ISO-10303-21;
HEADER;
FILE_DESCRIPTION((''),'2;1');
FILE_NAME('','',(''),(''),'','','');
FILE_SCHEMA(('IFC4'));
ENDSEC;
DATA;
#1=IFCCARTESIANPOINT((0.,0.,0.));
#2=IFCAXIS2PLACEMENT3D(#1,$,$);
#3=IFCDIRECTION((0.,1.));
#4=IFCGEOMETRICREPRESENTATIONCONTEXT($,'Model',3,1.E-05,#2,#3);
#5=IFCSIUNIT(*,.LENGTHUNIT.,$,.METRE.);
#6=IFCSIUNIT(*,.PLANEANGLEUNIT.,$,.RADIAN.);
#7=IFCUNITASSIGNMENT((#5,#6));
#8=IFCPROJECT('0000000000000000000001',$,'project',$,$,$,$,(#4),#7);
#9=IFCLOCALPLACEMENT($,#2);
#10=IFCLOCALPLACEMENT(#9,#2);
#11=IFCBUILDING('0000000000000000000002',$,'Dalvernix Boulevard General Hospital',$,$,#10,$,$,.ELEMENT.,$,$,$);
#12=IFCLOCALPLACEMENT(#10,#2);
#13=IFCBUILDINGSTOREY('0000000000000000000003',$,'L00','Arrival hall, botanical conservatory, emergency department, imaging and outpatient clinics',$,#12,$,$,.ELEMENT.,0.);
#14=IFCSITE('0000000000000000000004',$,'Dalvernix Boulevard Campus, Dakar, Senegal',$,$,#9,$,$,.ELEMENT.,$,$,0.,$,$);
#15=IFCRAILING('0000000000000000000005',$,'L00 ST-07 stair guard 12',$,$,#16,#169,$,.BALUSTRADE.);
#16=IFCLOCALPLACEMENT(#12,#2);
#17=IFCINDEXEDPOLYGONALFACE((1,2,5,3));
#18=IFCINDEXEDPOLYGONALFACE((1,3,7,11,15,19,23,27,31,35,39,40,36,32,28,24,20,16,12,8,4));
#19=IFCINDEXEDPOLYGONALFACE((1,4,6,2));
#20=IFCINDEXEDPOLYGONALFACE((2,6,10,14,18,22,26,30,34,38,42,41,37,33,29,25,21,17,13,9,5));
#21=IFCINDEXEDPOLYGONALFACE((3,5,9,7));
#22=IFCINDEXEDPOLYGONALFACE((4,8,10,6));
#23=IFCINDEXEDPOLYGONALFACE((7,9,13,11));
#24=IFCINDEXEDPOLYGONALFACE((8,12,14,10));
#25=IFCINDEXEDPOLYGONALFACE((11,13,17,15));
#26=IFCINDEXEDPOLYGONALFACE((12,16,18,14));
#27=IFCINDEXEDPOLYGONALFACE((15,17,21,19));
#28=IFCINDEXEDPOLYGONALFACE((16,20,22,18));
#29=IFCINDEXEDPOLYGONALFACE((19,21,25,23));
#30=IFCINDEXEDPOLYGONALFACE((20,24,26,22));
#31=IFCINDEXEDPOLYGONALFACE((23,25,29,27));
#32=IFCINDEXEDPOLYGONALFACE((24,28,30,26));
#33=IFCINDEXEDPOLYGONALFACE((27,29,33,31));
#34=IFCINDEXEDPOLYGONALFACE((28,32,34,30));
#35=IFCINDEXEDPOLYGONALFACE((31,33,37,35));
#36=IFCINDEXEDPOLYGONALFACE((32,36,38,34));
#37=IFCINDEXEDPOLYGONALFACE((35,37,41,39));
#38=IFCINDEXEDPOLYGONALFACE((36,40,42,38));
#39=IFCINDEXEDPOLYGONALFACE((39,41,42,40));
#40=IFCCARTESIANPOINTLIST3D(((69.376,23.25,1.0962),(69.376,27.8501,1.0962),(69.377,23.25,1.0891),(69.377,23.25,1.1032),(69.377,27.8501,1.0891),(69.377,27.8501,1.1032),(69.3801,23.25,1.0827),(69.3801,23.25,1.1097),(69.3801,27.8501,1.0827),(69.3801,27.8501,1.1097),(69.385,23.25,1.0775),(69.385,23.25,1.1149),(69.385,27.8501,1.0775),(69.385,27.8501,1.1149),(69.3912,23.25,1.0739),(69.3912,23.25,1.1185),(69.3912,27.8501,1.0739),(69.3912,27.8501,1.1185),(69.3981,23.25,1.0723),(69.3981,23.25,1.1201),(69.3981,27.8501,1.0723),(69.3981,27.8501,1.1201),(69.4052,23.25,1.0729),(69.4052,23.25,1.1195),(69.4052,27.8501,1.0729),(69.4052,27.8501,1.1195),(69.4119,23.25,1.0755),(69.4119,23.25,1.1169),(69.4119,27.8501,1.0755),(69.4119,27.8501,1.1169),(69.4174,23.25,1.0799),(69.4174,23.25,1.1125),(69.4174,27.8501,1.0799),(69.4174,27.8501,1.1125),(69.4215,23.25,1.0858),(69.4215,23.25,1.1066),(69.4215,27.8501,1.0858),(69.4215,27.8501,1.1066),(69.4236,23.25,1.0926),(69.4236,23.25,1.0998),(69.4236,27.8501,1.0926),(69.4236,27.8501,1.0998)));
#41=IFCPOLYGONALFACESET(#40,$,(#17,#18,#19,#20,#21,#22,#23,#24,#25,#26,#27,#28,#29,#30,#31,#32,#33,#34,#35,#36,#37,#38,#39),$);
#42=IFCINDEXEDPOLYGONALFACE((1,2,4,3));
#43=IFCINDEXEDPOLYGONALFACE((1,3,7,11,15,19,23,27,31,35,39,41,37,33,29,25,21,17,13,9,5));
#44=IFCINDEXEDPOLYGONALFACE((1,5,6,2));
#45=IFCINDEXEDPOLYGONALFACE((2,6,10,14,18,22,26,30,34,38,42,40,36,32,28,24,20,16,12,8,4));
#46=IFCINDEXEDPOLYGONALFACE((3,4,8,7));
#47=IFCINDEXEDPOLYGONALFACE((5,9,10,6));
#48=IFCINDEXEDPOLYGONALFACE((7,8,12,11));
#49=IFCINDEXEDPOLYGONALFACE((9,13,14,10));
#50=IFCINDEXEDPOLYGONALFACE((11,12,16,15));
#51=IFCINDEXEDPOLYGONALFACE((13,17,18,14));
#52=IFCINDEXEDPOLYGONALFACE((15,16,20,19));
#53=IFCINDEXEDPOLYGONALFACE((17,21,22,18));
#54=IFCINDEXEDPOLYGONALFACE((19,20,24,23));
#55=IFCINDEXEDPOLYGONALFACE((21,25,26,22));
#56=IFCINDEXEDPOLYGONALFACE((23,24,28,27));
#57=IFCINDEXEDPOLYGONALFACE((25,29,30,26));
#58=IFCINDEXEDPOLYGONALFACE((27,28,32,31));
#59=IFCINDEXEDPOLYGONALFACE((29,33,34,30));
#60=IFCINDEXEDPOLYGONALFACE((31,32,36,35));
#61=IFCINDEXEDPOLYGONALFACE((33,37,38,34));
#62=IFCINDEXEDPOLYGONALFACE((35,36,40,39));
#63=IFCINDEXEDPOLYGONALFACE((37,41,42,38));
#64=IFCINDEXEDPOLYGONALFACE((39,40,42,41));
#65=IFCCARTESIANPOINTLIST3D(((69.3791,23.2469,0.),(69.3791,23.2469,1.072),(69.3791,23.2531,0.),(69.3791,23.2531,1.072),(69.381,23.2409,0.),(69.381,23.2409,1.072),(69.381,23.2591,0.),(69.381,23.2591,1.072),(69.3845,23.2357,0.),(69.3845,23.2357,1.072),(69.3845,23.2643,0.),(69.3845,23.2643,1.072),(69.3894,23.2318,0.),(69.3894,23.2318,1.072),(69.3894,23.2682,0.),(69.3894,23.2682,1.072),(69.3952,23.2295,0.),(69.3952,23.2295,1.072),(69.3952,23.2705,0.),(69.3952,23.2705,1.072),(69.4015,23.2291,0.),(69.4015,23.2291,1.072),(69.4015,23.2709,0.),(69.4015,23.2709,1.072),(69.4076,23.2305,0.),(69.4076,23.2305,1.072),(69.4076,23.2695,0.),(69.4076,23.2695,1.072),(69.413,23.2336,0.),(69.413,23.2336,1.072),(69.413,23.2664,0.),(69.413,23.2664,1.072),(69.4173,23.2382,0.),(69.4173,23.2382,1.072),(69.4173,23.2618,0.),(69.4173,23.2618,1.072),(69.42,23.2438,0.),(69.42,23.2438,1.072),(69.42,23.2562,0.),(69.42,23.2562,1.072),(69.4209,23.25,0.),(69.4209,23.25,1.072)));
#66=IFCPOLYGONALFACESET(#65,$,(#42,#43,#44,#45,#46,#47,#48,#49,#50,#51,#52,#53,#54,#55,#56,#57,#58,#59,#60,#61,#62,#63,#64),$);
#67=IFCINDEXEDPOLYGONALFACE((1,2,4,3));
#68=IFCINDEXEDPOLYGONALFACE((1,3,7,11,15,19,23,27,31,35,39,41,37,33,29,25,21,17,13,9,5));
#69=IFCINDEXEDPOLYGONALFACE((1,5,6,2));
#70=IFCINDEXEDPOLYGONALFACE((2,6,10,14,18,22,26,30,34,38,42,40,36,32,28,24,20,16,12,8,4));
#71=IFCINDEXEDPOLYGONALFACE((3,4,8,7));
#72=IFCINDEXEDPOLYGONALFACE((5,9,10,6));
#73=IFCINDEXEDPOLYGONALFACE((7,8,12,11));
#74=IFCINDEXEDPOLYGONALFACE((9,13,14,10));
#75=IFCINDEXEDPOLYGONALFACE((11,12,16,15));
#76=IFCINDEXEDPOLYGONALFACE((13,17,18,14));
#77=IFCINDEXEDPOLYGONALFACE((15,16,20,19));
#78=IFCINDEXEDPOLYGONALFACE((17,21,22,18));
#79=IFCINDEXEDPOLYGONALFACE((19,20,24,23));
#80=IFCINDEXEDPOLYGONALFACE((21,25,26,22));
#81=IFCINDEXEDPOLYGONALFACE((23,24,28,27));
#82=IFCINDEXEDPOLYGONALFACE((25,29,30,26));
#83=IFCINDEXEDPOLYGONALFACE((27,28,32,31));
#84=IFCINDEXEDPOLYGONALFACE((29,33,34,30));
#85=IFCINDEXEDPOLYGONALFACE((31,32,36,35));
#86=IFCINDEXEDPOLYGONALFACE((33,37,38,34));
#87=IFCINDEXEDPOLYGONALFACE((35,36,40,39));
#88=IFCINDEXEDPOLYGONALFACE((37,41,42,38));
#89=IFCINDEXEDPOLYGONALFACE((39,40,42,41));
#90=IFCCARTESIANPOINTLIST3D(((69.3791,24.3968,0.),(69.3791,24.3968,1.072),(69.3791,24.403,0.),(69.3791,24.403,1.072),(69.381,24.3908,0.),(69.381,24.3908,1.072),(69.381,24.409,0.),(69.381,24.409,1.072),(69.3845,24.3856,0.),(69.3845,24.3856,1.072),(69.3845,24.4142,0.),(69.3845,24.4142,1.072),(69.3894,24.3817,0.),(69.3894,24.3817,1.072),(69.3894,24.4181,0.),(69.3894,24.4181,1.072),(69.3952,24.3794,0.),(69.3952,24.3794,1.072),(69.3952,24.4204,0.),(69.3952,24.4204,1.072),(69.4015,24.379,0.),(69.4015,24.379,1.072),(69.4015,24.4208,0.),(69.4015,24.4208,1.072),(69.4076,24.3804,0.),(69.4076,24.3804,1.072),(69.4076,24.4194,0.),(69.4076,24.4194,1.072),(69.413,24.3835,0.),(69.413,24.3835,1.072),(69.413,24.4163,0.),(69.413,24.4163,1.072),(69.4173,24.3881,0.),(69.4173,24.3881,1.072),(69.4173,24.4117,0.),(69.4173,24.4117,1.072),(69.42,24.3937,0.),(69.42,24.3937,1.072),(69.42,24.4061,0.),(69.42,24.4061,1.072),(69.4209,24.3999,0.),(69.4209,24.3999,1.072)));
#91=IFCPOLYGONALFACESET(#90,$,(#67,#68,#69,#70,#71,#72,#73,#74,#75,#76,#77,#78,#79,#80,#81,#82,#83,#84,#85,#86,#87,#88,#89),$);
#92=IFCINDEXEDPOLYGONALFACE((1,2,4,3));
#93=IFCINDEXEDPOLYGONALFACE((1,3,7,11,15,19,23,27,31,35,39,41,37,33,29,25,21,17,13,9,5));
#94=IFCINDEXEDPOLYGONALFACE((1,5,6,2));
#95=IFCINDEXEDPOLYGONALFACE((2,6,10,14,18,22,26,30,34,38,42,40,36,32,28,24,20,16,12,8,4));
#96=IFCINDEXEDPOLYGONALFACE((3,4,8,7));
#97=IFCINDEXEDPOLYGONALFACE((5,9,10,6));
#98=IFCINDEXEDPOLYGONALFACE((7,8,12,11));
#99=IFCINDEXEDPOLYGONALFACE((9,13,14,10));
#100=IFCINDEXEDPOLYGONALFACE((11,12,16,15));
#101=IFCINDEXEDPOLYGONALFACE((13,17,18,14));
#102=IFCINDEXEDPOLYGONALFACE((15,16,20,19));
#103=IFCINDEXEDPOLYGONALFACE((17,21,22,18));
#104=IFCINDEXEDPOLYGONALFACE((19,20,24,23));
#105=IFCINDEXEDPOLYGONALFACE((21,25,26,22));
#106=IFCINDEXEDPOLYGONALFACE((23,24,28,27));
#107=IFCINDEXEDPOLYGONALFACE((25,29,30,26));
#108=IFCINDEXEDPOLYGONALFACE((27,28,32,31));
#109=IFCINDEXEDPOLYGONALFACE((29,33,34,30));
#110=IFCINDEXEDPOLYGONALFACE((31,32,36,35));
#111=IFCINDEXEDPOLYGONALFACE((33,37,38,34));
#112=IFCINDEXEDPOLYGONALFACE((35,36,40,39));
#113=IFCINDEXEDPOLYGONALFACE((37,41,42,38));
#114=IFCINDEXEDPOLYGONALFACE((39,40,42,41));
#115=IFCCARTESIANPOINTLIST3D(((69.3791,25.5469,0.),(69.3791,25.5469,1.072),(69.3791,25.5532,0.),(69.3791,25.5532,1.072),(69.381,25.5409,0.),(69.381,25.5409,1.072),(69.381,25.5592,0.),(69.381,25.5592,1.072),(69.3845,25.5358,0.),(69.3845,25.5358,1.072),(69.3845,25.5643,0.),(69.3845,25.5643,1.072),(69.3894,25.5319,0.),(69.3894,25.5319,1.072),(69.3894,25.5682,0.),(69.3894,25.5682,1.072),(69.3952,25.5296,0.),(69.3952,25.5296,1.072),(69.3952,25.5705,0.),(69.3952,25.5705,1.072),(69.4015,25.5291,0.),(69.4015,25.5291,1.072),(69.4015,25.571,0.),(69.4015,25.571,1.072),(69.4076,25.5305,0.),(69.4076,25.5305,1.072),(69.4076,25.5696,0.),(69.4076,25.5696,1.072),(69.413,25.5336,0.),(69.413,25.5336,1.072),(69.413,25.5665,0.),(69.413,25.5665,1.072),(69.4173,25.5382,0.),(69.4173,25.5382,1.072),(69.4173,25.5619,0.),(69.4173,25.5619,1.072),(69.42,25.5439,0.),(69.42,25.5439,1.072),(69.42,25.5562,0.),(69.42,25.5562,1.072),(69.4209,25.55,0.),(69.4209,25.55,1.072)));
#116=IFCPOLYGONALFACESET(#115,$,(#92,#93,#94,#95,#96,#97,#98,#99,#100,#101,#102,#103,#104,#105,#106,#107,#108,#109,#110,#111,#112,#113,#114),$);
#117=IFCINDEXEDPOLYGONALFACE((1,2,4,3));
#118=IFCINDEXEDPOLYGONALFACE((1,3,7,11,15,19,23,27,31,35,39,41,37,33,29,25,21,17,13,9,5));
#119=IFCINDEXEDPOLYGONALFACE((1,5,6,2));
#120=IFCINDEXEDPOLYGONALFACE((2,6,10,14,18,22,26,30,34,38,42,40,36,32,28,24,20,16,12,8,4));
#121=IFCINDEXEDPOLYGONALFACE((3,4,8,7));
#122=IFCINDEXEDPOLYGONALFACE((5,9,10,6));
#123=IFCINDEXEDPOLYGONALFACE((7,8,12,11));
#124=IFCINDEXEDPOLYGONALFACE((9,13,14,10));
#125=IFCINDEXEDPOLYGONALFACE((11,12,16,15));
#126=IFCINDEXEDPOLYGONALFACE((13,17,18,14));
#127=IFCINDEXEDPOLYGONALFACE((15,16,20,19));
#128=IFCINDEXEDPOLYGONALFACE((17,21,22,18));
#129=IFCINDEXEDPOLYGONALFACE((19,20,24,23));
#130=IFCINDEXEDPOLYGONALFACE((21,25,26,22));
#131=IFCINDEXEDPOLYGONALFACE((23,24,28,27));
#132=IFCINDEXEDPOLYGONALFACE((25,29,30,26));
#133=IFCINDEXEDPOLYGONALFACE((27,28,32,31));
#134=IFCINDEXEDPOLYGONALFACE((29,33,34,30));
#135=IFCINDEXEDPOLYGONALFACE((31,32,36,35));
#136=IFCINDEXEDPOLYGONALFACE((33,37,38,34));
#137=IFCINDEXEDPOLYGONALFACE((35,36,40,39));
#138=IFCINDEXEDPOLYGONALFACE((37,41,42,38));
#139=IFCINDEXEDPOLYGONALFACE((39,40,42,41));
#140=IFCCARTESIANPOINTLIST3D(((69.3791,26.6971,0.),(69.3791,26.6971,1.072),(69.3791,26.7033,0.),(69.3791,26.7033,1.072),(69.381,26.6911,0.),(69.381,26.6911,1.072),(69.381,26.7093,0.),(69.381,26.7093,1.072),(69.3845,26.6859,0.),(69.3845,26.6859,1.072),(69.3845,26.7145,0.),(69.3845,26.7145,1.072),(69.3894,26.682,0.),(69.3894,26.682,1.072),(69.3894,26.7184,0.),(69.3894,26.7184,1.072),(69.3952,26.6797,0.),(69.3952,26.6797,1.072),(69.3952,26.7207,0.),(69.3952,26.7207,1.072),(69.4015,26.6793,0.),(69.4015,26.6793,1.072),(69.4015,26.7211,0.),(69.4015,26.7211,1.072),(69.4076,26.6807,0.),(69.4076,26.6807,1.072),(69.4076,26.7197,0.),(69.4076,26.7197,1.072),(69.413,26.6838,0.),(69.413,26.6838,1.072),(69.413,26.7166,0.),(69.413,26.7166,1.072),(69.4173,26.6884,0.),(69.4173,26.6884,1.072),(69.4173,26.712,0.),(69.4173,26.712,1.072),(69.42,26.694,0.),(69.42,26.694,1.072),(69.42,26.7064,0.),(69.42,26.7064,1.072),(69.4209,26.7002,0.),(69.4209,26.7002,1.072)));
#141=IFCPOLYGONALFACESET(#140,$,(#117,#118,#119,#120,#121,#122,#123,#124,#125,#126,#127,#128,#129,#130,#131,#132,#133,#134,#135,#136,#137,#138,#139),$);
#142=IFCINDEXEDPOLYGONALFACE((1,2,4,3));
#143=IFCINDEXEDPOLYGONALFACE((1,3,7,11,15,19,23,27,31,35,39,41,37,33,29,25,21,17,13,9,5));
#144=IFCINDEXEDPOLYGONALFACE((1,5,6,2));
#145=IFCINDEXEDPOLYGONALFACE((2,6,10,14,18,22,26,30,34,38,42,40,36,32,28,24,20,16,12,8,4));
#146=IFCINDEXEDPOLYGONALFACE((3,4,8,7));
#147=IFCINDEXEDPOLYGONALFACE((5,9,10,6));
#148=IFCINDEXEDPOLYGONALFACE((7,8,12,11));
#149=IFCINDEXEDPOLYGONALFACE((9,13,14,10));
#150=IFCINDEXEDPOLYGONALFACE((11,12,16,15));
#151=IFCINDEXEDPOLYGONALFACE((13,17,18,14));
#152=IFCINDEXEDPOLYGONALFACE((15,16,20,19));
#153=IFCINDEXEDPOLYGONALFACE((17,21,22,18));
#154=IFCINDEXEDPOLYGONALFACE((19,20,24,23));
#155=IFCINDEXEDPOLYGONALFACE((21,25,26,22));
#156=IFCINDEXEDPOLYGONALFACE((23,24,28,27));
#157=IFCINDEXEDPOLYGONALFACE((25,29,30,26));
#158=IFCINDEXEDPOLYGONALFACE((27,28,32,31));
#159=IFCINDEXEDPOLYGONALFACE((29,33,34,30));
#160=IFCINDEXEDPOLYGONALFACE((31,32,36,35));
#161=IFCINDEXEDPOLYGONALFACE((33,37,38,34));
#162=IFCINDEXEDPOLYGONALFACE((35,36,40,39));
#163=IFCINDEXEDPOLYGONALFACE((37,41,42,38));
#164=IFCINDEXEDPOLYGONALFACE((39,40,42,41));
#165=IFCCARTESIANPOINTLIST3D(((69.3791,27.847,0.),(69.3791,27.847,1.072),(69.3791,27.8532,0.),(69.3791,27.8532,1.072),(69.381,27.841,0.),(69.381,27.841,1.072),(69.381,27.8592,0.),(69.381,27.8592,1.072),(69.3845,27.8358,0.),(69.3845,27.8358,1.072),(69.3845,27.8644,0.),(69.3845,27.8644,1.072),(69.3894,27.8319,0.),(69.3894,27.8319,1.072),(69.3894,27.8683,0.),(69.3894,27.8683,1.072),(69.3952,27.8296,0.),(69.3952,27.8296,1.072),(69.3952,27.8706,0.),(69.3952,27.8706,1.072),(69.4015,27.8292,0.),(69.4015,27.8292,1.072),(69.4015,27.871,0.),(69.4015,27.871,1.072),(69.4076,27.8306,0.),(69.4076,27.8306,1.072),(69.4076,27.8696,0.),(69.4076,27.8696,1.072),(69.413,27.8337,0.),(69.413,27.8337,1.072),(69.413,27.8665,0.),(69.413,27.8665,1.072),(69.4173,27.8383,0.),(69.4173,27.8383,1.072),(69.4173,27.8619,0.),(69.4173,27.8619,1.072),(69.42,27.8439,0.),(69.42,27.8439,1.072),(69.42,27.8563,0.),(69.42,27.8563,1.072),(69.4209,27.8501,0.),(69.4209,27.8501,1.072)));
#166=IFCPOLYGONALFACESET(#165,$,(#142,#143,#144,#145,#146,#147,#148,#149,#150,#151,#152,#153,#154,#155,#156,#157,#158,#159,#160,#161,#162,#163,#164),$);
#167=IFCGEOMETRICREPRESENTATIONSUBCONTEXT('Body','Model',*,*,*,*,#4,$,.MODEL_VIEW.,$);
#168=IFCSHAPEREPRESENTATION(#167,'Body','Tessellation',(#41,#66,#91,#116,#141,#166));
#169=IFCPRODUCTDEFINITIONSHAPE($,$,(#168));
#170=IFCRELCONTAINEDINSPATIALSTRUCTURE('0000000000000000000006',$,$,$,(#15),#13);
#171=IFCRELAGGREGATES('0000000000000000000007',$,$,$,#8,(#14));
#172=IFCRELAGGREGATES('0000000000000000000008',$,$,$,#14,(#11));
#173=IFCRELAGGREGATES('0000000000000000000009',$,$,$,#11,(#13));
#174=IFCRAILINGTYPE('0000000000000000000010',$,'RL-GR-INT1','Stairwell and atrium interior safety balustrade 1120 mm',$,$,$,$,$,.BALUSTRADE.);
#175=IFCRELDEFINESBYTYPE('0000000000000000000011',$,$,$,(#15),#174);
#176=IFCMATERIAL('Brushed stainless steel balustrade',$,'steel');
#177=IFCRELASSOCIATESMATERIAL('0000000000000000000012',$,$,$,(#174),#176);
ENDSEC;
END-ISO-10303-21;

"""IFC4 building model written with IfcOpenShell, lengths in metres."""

from ifc_helpers import new_model, si_unit, direction, frame, origin, origin_2d, place, context, subcontext, project, spatial, circle, extrude, material, type_object, element, save


model = new_model("IFC4")

# Units and contexts
model_context = context("Model", 3, precision=1e-05, world=origin(), true_north=direction((0.0, 1.0)))
body_context = subcontext(model_context, "Body", "Model", "MODEL_VIEW")
ifc_project = project(units=[si_unit("LENGTHUNIT", "METRE"), si_unit("PLANEANGLEUNIT", "RADIAN")], contexts=[model_context])

# Site, building, storey
site_placement = place(None, origin())
site = spatial("IfcSite", under=ifc_project, at=site_placement, Name="Dalvernix Boulevard Campus, Dakar, Senegal", CompositionType="ELEMENT", RefElevation=0.0)
building_placement = place(site_placement, origin())
building = spatial("IfcBuilding", under=site, at=building_placement, Name="Dalvernix Boulevard General Hospital", CompositionType="ELEMENT")
storey_placement = place(building_placement, origin())
storey = spatial("IfcBuildingStorey", under=building, at=storey_placement, Name="L00", Description="Arrival hall, botanical conservatory, emergency department, imaging and outpatient clinics", CompositionType="ELEMENT", Elevation=0.0)

# Railing
ifc_material_1 = material(Name="Brushed stainless steel balustrade", Category="steel")
railing_type_1 = type_object("IfcRailingType", Name="RL-GR-INT1", Description="Stairwell and atrium interior safety balustrade 1120 mm", PredefinedType="BALUSTRADE", material=ifc_material_1)
railing_1_placement = place(storey_placement, frame((69.3999, 23.25, 0.0)))
element("IfcRailing", 1, at=railing_1_placement, inside=storey, type_object=railing_type_1, Name="L00 ST-07 stair guard 12", PredefinedType="BALUSTRADE", context=body_context, shape_type="SweptSolid", body=[
    extrude(circle(Radius=0.0239, at=origin_2d()), frame((0.0, 0.0, 1.0962), z_axis=(0.0, 1.0, 0.0), x_axis=(-1.0, 0.0, 0.0)), (0.0, 0.0, 1.0), 4.6001),
    extrude(circle(Radius=0.021, at=origin_2d()), origin(), (0.0, 0.0, 1.0), 1.072),
    extrude(circle(Radius=0.021, at=origin_2d()), frame((0.0, 1.1499, 0.0)), (0.0, 0.0, 1.0), 1.072),
    extrude(circle(Radius=0.021, at=origin_2d()), frame((0.0, 2.3, 0.0)), (0.0, 0.0, 1.0), 1.072),
    extrude(circle(Radius=0.021, at=origin_2d()), frame((0.0, 3.4502, 0.0)), (0.0, 0.0, 1.0), 1.072),
    extrude(circle(Radius=0.021, at=origin_2d()), frame((0.0, 4.6001, 0.0)), (0.0, 0.0, 1.0), 1.072),
])

save(model, "model.ifc")
